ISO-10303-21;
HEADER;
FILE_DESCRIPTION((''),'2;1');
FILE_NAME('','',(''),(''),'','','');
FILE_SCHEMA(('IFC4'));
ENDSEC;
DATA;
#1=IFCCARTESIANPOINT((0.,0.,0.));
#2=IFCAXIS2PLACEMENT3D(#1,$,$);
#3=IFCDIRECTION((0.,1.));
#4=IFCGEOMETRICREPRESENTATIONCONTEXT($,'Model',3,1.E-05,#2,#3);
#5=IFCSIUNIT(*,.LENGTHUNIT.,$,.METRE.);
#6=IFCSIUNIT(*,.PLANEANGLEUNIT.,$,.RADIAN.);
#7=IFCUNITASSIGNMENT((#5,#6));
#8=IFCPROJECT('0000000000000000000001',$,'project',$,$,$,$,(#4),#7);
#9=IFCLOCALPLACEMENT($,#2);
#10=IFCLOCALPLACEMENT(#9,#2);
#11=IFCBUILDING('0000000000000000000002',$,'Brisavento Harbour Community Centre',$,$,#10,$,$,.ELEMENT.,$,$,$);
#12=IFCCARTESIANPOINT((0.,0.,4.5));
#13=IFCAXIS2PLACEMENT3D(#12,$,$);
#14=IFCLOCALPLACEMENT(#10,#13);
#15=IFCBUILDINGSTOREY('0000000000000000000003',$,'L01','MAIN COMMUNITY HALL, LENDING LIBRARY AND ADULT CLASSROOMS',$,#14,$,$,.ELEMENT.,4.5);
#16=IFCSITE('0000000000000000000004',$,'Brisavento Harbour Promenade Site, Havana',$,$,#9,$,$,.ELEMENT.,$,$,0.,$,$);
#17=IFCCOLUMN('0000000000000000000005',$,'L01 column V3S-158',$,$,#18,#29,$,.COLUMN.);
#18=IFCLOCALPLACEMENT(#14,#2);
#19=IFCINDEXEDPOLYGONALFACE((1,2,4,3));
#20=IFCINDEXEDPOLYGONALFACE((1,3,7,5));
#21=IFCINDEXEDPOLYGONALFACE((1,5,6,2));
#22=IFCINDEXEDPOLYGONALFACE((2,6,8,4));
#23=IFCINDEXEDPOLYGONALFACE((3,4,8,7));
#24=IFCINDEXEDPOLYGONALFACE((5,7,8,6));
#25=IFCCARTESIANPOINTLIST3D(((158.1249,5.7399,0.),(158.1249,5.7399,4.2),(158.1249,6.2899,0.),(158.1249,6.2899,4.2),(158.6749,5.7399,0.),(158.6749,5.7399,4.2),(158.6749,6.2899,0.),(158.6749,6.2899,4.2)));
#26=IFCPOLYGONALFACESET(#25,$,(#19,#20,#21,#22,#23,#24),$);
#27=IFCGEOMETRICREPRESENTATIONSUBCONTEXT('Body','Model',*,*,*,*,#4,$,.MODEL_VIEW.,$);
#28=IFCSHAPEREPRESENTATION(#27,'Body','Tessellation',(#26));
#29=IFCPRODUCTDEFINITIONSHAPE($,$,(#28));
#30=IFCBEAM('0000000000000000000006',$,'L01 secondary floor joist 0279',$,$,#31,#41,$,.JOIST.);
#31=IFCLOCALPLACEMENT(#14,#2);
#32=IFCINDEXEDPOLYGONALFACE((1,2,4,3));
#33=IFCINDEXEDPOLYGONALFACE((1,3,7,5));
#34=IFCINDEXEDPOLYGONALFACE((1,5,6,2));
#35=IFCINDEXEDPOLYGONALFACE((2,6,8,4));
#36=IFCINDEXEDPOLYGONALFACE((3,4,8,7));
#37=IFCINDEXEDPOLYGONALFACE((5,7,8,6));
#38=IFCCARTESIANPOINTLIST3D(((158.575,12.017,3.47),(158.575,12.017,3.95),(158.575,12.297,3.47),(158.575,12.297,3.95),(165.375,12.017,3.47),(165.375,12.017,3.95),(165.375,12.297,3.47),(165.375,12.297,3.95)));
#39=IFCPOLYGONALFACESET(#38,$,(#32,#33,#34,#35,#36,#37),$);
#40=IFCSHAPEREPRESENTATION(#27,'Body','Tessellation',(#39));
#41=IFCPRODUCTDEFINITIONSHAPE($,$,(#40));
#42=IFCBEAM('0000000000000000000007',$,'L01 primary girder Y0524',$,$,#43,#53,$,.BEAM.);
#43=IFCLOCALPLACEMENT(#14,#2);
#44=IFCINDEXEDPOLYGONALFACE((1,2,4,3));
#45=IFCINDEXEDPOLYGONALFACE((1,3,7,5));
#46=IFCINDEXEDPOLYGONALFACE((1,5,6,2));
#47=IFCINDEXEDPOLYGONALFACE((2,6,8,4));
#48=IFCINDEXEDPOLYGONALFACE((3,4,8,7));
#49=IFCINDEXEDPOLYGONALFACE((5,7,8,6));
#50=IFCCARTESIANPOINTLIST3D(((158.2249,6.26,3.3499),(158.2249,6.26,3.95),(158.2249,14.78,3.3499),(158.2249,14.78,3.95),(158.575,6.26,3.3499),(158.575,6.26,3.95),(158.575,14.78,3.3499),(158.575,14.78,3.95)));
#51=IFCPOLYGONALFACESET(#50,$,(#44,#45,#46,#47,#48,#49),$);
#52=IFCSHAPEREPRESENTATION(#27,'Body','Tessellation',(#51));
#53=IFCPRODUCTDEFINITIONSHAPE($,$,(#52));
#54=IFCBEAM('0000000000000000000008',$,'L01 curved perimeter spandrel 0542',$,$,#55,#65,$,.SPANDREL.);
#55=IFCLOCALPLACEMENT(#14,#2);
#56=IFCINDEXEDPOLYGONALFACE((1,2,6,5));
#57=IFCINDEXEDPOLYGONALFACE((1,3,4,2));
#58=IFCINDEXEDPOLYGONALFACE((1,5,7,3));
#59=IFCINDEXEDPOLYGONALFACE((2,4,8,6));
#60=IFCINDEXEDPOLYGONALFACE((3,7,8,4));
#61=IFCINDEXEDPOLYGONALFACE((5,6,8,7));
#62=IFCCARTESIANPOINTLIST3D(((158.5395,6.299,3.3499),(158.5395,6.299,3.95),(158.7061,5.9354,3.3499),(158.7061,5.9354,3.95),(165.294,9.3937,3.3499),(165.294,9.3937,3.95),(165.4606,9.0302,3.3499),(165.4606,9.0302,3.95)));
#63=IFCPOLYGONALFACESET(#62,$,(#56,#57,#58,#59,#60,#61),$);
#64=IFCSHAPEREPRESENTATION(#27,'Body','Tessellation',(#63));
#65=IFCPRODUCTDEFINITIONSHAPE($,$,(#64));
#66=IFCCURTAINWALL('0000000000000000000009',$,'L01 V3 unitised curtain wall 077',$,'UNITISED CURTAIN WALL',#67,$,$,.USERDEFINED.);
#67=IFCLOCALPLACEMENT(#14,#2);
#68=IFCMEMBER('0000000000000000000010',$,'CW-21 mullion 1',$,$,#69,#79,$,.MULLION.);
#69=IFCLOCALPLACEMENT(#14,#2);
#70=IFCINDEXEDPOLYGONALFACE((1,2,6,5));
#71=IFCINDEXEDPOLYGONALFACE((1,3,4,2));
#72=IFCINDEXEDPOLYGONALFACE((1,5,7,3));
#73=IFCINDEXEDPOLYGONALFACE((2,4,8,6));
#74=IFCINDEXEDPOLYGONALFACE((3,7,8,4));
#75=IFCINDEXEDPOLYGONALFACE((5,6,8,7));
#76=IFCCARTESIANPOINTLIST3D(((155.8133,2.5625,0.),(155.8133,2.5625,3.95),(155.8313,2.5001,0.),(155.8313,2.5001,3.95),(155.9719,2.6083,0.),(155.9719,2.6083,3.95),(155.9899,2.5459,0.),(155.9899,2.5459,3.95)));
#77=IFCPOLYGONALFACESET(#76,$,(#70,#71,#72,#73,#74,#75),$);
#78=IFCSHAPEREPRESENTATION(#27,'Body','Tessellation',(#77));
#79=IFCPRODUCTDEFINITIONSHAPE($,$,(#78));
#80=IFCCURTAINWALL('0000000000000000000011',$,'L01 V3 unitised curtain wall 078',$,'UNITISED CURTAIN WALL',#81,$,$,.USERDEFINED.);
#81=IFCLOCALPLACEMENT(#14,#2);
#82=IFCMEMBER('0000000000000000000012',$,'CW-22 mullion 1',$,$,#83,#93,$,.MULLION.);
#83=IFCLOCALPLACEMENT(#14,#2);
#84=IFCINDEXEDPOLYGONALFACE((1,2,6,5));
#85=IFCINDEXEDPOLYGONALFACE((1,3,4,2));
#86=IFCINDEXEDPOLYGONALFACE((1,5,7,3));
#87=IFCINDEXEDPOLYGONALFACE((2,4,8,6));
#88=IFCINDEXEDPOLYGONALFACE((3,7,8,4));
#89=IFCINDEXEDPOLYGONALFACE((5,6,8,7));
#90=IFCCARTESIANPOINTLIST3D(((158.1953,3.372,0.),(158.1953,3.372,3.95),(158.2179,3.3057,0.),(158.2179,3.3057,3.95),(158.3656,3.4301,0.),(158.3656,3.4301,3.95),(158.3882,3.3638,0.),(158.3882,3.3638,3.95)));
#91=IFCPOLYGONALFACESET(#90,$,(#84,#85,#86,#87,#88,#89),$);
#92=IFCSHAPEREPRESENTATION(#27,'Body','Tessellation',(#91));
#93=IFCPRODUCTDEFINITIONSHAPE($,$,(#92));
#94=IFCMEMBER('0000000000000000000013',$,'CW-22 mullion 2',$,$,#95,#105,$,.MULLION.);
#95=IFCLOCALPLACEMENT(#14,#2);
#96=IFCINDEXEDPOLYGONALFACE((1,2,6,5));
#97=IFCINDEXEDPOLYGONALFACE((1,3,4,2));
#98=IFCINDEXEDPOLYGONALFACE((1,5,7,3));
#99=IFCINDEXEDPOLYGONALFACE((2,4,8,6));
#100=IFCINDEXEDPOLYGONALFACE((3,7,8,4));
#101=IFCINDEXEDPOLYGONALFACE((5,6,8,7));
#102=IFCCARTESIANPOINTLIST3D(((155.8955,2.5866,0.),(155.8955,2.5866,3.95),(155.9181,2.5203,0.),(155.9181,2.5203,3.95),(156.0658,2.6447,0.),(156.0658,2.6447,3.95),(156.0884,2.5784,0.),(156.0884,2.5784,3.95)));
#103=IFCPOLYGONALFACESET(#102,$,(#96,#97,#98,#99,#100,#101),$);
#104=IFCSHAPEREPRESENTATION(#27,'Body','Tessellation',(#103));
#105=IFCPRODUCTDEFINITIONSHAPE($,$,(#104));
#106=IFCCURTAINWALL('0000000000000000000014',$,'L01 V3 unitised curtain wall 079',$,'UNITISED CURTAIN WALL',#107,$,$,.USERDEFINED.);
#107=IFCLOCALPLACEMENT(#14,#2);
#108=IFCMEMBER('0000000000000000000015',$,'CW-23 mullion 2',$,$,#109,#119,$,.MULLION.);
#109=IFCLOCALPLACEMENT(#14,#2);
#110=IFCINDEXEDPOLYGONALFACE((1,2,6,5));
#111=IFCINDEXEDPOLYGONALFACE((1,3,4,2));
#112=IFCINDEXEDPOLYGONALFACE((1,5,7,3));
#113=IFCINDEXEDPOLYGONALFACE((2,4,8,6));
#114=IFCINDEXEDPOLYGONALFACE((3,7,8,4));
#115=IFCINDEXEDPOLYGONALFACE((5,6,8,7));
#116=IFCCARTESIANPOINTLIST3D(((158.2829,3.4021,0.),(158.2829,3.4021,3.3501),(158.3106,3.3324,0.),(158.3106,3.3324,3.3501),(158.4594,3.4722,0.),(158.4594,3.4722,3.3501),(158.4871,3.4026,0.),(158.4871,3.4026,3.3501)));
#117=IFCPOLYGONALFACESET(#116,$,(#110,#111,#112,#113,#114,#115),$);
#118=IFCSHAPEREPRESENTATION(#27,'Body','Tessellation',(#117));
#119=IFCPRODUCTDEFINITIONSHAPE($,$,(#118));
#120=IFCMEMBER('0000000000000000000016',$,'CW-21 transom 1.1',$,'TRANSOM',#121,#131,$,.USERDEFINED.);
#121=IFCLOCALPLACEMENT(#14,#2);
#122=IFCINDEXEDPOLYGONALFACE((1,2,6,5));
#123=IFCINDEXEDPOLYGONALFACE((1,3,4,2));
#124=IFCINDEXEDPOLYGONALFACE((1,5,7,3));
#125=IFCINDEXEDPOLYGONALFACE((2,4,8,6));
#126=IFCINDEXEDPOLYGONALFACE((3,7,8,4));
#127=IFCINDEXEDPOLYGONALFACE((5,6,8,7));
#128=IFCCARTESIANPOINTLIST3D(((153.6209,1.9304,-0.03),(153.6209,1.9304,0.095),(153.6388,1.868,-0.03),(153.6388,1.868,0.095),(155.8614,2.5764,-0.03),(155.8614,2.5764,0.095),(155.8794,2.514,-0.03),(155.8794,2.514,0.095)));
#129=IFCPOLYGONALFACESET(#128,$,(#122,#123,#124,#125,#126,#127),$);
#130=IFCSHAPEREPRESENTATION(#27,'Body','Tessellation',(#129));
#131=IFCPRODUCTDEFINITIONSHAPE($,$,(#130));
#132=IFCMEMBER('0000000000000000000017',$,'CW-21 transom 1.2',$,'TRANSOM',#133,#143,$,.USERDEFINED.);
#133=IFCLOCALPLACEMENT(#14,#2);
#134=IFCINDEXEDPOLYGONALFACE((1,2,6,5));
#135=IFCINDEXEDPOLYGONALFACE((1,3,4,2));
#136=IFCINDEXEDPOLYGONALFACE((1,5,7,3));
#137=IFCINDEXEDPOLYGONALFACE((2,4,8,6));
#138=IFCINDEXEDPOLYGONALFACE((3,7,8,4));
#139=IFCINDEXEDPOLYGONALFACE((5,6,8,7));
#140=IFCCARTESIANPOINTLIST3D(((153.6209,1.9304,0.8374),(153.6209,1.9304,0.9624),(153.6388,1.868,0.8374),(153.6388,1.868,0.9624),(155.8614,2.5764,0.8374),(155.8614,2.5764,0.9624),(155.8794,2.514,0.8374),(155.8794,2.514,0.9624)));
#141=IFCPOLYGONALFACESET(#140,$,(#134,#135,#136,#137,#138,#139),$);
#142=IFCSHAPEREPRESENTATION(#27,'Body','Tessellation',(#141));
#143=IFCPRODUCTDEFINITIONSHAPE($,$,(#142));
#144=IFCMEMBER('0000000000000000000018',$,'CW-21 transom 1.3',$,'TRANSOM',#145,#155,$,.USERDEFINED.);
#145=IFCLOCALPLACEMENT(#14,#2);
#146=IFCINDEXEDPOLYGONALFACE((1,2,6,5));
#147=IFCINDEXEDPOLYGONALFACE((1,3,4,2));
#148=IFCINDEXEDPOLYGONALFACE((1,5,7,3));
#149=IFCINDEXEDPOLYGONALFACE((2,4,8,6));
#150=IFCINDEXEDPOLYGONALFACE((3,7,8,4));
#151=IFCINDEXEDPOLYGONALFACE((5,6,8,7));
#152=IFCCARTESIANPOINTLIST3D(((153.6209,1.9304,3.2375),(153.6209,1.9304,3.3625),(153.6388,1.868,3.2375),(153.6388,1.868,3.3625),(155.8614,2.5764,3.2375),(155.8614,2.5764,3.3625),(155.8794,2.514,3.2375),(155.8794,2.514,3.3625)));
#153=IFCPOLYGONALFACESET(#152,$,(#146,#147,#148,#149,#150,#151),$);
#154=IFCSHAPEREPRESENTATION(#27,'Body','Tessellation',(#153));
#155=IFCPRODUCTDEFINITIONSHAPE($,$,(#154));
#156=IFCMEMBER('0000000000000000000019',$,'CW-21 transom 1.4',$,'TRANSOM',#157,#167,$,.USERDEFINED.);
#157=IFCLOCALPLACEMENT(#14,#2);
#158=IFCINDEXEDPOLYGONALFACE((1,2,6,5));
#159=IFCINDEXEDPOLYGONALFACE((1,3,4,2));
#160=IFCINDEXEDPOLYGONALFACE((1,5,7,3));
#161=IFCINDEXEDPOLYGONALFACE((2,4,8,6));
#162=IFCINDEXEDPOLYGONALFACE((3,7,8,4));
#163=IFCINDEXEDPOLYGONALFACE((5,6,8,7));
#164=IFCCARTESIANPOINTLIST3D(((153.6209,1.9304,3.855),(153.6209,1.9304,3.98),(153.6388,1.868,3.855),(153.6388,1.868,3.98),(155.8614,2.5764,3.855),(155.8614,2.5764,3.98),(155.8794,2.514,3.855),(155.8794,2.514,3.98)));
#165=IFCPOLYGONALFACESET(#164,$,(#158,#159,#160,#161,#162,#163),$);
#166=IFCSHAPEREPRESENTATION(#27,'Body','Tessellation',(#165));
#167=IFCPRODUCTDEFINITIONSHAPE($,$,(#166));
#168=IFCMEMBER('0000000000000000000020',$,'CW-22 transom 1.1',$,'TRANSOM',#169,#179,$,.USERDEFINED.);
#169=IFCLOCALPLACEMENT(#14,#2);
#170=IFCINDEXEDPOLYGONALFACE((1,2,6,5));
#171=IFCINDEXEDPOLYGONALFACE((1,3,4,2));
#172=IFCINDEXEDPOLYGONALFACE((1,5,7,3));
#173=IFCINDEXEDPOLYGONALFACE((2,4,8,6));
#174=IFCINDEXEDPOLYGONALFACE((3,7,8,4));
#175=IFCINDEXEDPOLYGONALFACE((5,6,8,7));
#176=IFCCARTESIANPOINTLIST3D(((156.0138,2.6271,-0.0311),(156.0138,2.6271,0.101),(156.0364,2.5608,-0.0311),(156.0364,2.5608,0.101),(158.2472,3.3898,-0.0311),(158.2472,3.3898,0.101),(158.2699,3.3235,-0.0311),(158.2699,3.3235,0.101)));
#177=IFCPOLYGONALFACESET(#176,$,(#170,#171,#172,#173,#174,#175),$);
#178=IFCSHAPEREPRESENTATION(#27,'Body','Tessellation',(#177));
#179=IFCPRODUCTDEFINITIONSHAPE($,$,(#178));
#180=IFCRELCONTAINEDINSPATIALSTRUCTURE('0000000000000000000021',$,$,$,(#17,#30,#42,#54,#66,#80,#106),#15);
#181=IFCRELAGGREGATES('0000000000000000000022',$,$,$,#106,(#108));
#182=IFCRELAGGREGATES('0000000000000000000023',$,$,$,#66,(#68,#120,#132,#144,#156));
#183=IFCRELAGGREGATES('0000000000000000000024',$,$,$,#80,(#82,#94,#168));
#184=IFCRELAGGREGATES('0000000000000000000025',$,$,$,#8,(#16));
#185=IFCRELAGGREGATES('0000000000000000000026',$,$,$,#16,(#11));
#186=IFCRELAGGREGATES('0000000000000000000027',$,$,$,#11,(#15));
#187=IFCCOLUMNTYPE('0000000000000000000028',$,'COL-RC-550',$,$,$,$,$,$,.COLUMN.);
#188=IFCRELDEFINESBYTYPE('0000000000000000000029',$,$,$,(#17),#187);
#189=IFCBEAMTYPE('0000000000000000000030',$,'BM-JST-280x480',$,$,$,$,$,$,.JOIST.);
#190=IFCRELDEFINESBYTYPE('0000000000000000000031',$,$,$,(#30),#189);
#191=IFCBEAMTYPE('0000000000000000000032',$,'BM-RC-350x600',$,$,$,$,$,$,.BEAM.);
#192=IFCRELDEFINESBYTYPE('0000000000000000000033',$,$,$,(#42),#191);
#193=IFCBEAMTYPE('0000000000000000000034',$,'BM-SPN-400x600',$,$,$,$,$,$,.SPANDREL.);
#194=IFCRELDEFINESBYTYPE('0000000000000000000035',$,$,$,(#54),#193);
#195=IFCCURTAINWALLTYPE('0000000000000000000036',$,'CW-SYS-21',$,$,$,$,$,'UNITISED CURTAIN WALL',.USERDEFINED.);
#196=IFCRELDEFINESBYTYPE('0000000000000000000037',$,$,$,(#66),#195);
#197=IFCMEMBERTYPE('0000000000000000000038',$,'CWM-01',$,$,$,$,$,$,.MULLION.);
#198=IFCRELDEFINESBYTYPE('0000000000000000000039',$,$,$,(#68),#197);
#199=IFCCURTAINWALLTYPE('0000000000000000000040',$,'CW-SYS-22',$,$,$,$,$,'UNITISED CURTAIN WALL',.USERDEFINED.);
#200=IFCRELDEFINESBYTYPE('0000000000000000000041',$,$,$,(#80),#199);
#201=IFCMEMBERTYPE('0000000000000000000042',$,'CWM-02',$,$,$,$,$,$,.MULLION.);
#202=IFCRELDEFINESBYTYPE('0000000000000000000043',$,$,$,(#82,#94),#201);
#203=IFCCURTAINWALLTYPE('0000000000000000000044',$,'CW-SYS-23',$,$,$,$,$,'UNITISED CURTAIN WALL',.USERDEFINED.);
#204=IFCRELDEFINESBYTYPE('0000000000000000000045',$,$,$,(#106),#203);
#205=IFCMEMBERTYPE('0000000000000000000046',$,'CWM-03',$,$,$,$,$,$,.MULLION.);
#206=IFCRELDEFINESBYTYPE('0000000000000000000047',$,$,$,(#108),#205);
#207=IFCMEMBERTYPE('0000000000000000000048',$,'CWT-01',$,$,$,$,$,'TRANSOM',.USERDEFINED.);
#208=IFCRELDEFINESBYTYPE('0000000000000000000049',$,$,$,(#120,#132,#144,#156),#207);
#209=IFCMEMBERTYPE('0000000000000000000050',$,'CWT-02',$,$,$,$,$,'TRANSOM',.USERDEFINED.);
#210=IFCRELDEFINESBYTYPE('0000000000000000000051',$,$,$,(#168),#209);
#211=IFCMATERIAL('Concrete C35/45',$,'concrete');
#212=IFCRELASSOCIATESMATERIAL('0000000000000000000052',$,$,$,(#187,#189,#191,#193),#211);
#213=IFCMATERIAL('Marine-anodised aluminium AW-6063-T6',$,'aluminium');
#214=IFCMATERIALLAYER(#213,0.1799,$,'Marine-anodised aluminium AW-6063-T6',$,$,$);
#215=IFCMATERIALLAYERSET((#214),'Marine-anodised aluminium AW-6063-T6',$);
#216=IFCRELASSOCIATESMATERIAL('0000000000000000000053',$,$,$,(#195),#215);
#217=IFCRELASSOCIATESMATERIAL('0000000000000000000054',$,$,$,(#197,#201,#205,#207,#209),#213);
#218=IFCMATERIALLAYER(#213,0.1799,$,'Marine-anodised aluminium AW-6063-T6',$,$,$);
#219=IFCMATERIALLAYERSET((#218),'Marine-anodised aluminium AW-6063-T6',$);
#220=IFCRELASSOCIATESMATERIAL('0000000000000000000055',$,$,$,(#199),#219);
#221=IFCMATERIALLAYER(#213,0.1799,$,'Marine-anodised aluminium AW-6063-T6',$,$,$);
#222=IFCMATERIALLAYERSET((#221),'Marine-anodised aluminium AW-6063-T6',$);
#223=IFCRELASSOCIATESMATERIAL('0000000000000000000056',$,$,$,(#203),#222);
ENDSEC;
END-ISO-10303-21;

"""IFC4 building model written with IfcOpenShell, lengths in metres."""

from ifc_helpers import new_model, si_unit, direction, frame, origin, origin_2d, place, context, subcontext, project, spatial, rectangle, extrude, material, layer, layer_set, material_profile, profile_set, type_object, element, aggregate, save


model = new_model("IFC4")

# Units and contexts
model_context = context("Model", 3, precision=1e-05, world=origin(), true_north=direction((0.0, 1.0)))
body_context = subcontext(model_context, "Body", "Model", "MODEL_VIEW")
ifc_project = project(units=[si_unit("LENGTHUNIT", "METRE"), si_unit("PLANEANGLEUNIT", "RADIAN")], contexts=[model_context])

# Site, building, storey
site_placement = place(None, origin())
site = spatial("IfcSite", under=ifc_project, at=site_placement, Name="Brisavento Harbour Promenade Site, Havana", CompositionType="ELEMENT", RefElevation=0.0)
building_placement = place(site_placement, origin())
building = spatial("IfcBuilding", under=site, at=building_placement, Name="Brisavento Harbour Community Centre", CompositionType="ELEMENT")
storey_placement = place(building_placement, frame((0.0, 0.0, 4.5)))
storey = spatial("IfcBuildingStorey", under=building, at=storey_placement, Name="L01", Description="MAIN COMMUNITY HALL, LENDING LIBRARY AND ADULT CLASSROOMS", CompositionType="ELEMENT", Elevation=4.5)

# Column
ifc_material_1 = material(Name="Concrete C35/45", Category="concrete")
ifc_material_profile_1 = material_profile(ifc_material_1, rectangle(XDim=0.55, YDim=0.55, at=origin_2d()), Name="Concrete C35/45")
ifc_profile_set_1 = profile_set([ifc_material_profile_1], Name="Concrete C35/45")
column_type = type_object("IfcColumnType", Name="COL-RC-550", PredefinedType="COLUMN", material=ifc_profile_set_1)
column_placement = place(storey_placement, frame((158.3999, 6.0149, 0.0), z_axis=(0.0, 0.0, 1.0), x_axis=(1.0, 0.0, 0.0)))
element("IfcColumn", 1, at=column_placement, inside=storey, type_object=column_type, Name="L01 column V3S-158", PredefinedType="COLUMN", context=body_context, shape_type="SweptSolid", body=[
    extrude(rectangle(XDim=0.55, YDim=0.55, at=origin_2d()), origin(), (0.0, 0.0, 1.0), 4.2),
])

# Beams
ifc_material_profile_2 = material_profile(ifc_material_1, rectangle(XDim=0.28, YDim=0.48, at=origin_2d()), Name="Concrete C35/45")
ifc_profile_set_2 = profile_set([ifc_material_profile_2], Name="Concrete C35/45")
beam_type_1 = type_object("IfcBeamType", Name="BM-JST-280x480", PredefinedType="JOIST", material=ifc_profile_set_2)
beam_1_placement = place(storey_placement, frame((158.575, 12.157, 3.71), z_axis=(1.0, 0.0, 0.0), x_axis=(0.0, 1.0, 0.0)))
element("IfcBeam", 2, at=beam_1_placement, inside=storey, type_object=beam_type_1, Name="L01 secondary floor joist 0279", PredefinedType="JOIST", context=body_context, shape_type="SweptSolid", body=[
    extrude(rectangle(XDim=0.28, YDim=0.48, at=origin_2d()), origin(), (0.0, 0.0, 1.0), 6.8),
])
ifc_material_profile_3 = material_profile(ifc_material_1, rectangle(XDim=0.3501, YDim=0.6001, at=origin_2d()), Name="Concrete C35/45")
ifc_profile_set_3 = profile_set([ifc_material_profile_3], Name="Concrete C35/45")
beam_type_2 = type_object("IfcBeamType", Name="BM-RC-350x600", PredefinedType="BEAM", material=ifc_profile_set_3)
beam_2_placement = place(storey_placement, frame((158.3999, 6.26, 3.6499), z_axis=(0.0, 1.0, 0.0), x_axis=(-1.0, 0.0, 0.0)))
element("IfcBeam", 3, at=beam_2_placement, inside=storey, type_object=beam_type_2, Name="L01 primary girder Y0524", PredefinedType="BEAM", context=body_context, shape_type="SweptSolid", body=[
    extrude(rectangle(XDim=0.3501, YDim=0.6001, at=origin_2d()), origin(), (0.0, 0.0, 1.0), 8.52),
])
ifc_material_profile_4 = material_profile(ifc_material_1, rectangle(XDim=0.3999, YDim=0.6001, at=origin_2d()), Name="Concrete C35/45")
ifc_profile_set_4 = profile_set([ifc_material_profile_4], Name="Concrete C35/45")
beam_type_3 = type_object("IfcBeamType", Name="BM-SPN-400x600", PredefinedType="SPANDREL", material=ifc_profile_set_4)
beam_3_placement = place(storey_placement, frame((158.6228, 6.1172, 3.6499), z_axis=(0.909118, 0.416539, 0.0), x_axis=(-0.416539, 0.909118, 0.0)))
element("IfcBeam", 4, at=beam_3_placement, inside=storey, type_object=beam_type_3, Name="L01 curved perimeter spandrel 0542", PredefinedType="SPANDREL", context=body_context, shape_type="SweptSolid", body=[
    extrude(rectangle(XDim=0.3999, YDim=0.6001, at=origin_2d()), origin(), (0.0, 0.0, 1.0), 7.4297),
])

# Curtain wall, member
ifc_material_2 = material(Name="Marine-anodised aluminium AW-6063-T6", Category="aluminium")
ifc_layer_1 = layer(ifc_material_2, 0.1799, Name="Marine-anodised aluminium AW-6063-T6")
ifc_layer_set_1 = layer_set([ifc_layer_1], Name="Marine-anodised aluminium AW-6063-T6")
curtain_wall_type_1 = type_object("IfcCurtainWallType", Name="CW-SYS-21", ElementType="UNITISED CURTAIN WALL", PredefinedType="USERDEFINED", material=ifc_layer_set_1)
curtain_wall_1_placement = place(storey_placement, origin())
curtain_wall_1 = element("IfcCurtainWall", 5, at=curtain_wall_1_placement, inside=storey, type_object=curtain_wall_type_1, Name="L01 V3 unitised curtain wall 077", ObjectType="UNITISED CURTAIN WALL", PredefinedType="USERDEFINED")
ifc_material_profile_5 = material_profile(ifc_material_2, rectangle(XDim=0.0649, YDim=0.165, at=origin_2d()), Name="Marine-anodised aluminium AW-6063-T6")
ifc_profile_set_5 = profile_set([ifc_material_profile_5], Name="Marine-anodised aluminium AW-6063-T6")
member_type_1 = type_object("IfcMemberType", Name="CWM-01", PredefinedType="MULLION", material=ifc_profile_set_5)
member_1_placement = place(storey_placement, frame((155.9016, 2.5542, 0.0), z_axis=(0.0, 0.0, 1.0), x_axis=(0.277001, -0.96087, 0.0)))
member_1 = element("IfcMember", 6, at=member_1_placement, type_object=member_type_1, Name="CW-21 mullion 1", PredefinedType="MULLION", context=body_context, shape_type="SweptSolid", body=[
    extrude(rectangle(XDim=0.0649, YDim=0.165, at=origin_2d()), origin(), (0.0, 0.0, 1.0), 3.95),
])

# Curtain wall, members
ifc_layer_2 = layer(ifc_material_2, 0.1799, Name="Marine-anodised aluminium AW-6063-T6")
ifc_layer_set_2 = layer_set([ifc_layer_2], Name="Marine-anodised aluminium AW-6063-T6")
curtain_wall_type_2 = type_object("IfcCurtainWallType", Name="CW-SYS-22", ElementType="UNITISED CURTAIN WALL", PredefinedType="USERDEFINED", material=ifc_layer_set_2)
curtain_wall_2_placement = place(storey_placement, origin())
curtain_wall_2 = element("IfcCurtainWall", 7, at=curtain_wall_2_placement, inside=storey, type_object=curtain_wall_type_2, Name="L01 V3 unitised curtain wall 078", ObjectType="UNITISED CURTAIN WALL", PredefinedType="USERDEFINED")
ifc_material_profile_6 = material_profile(ifc_material_2, rectangle(XDim=0.0701, YDim=0.1799, at=origin_2d()), Name="Marine-anodised aluminium AW-6063-T6")
ifc_profile_set_6 = profile_set([ifc_material_profile_6], Name="Marine-anodised aluminium AW-6063-T6")
member_type_2 = type_object("IfcMemberType", Name="CWM-02", PredefinedType="MULLION", material=ifc_profile_set_6)
member_2_placement = place(storey_placement, frame((158.2917, 3.3679, 0.0), z_axis=(0.0, 0.0, 1.0), x_axis=(0.323179, -0.946338, 0.0)))
member_2 = element("IfcMember", 8, at=member_2_placement, type_object=member_type_2, Name="CW-22 mullion 1", PredefinedType="MULLION", context=body_context, shape_type="SweptSolid", body=[
    extrude(rectangle(XDim=0.0701, YDim=0.1799, at=origin_2d()), origin(), (0.0, 0.0, 1.0), 3.95),
])
member_3_placement = place(storey_placement, frame((155.9919, 2.5825, 0.0), z_axis=(0.0, 0.0, 1.0), x_axis=(0.323179, -0.946338, 0.0)))
member_3 = element("IfcMember", 9, at=member_3_placement, type_object=member_type_2, Name="CW-22 mullion 2", PredefinedType="MULLION", context=body_context, shape_type="SweptSolid", body=[
    extrude(rectangle(XDim=0.0701, YDim=0.1799, at=origin_2d()), origin(), (0.0, 0.0, 1.0), 3.95),
])

# Curtain wall, member
ifc_layer_3 = layer(ifc_material_2, 0.1799, Name="Marine-anodised aluminium AW-6063-T6")
ifc_layer_set_3 = layer_set([ifc_layer_3], Name="Marine-anodised aluminium AW-6063-T6")
curtain_wall_type_3 = type_object("IfcCurtainWallType", Name="CW-SYS-23", ElementType="UNITISED CURTAIN WALL", PredefinedType="USERDEFINED", material=ifc_layer_set_3)
curtain_wall_3_placement = place(storey_placement, origin())
curtain_wall_3 = element("IfcCurtainWall", 10, at=curtain_wall_3_placement, inside=storey, type_object=curtain_wall_type_3, Name="L01 V3 unitised curtain wall 079", ObjectType="UNITISED CURTAIN WALL", PredefinedType="USERDEFINED")
ifc_material_profile_7 = material_profile(ifc_material_2, rectangle(XDim=0.075, YDim=0.1899, at=origin_2d()), Name="Marine-anodised aluminium AW-6063-T6")
ifc_profile_set_7 = profile_set([ifc_material_profile_7], Name="Marine-anodised aluminium AW-6063-T6")
member_type_3 = type_object("IfcMemberType", Name="CWM-03", PredefinedType="MULLION", material=ifc_profile_set_7)
member_4_placement = place(storey_placement, frame((158.385, 3.4023, 0.0), z_axis=(0.0, 0.0, 1.0), x_axis=(0.369379, -0.929279, 0.0)))
member_4 = element("IfcMember", 11, at=member_4_placement, type_object=member_type_3, Name="CW-23 mullion 2", PredefinedType="MULLION", context=body_context, shape_type="SweptSolid", body=[
    extrude(rectangle(XDim=0.075, YDim=0.1899, at=origin_2d()), origin(), (0.0, 0.0, 1.0), 3.3501),
])
aggregate(curtain_wall_3, [member_4])

# Members
ifc_material_profile_8 = material_profile(ifc_material_2, rectangle(XDim=0.0649, YDim=0.125, at=origin_2d()), Name="Marine-anodised aluminium AW-6063-T6")
ifc_profile_set_8 = profile_set([ifc_material_profile_8], Name="Marine-anodised aluminium AW-6063-T6")
member_type_4 = type_object("IfcMemberType", Name="CWT-01", ElementType="TRANSOM", PredefinedType="USERDEFINED", material=ifc_profile_set_8)
member_5_placement = place(storey_placement, frame((155.8704, 2.5452, 0.0325), z_axis=(-0.960857, -0.277044, 0.0), x_axis=(0.277044, -0.960857, 0.0)))
member_5 = element("IfcMember", 12, at=member_5_placement, type_object=member_type_4, Name="CW-21 transom 1.1", ObjectType="TRANSOM", PredefinedType="USERDEFINED", context=body_context, shape_type="SweptSolid", body=[
    extrude(rectangle(XDim=0.0649, YDim=0.125, at=origin_2d()), origin(), (0.0, 0.0, 1.0), 2.3318),
])
member_6_placement = place(storey_placement, frame((155.8704, 2.5452, 0.8999), z_axis=(-0.960857, -0.277044, 0.0), x_axis=(0.277044, -0.960857, 0.0)))
member_6 = element("IfcMember", 13, at=member_6_placement, type_object=member_type_4, Name="CW-21 transom 1.2", ObjectType="TRANSOM", PredefinedType="USERDEFINED", context=body_context, shape_type="SweptSolid", body=[
    extrude(rectangle(XDim=0.0649, YDim=0.125, at=origin_2d()), origin(), (0.0, 0.0, 1.0), 2.3318),
])
member_7_placement = place(storey_placement, frame((155.8704, 2.5452, 3.3), z_axis=(-0.960857, -0.277044, 0.0), x_axis=(0.277044, -0.960857, 0.0)))
member_7 = element("IfcMember", 14, at=member_7_placement, type_object=member_type_4, Name="CW-21 transom 1.3", ObjectType="TRANSOM", PredefinedType="USERDEFINED", context=body_context, shape_type="SweptSolid", body=[
    extrude(rectangle(XDim=0.0649, YDim=0.125, at=origin_2d()), origin(), (0.0, 0.0, 1.0), 2.3318),
])
member_8_placement = place(storey_placement, frame((155.8704, 2.5452, 3.9175), z_axis=(-0.960857, -0.277044, 0.0), x_axis=(0.277044, -0.960857, 0.0)))
member_8 = element("IfcMember", 15, at=member_8_placement, type_object=member_type_4, Name="CW-21 transom 1.4", ObjectType="TRANSOM", PredefinedType="USERDEFINED", context=body_context, shape_type="SweptSolid", body=[
    extrude(rectangle(XDim=0.0649, YDim=0.125, at=origin_2d()), origin(), (0.0, 0.0, 1.0), 2.3318),
])
ifc_material_profile_9 = material_profile(ifc_material_2, rectangle(XDim=0.0701, YDim=0.1321, at=origin_2d()), Name="Marine-anodised aluminium AW-6063-T6")
ifc_profile_set_9 = profile_set([ifc_material_profile_9], Name="Marine-anodised aluminium AW-6063-T6")
member_type_5 = type_object("IfcMemberType", Name="CWT-02", ElementType="TRANSOM", PredefinedType="USERDEFINED", material=ifc_profile_set_9)
member_9_placement = place(storey_placement, frame((158.2585, 3.3567, 0.0349), z_axis=(-0.946341, -0.323171, 0.0), x_axis=(0.323171, -0.946341, 0.0)))
member_9 = element("IfcMember", 16, at=member_9_placement, type_object=member_type_5, Name="CW-22 transom 1.1", ObjectType="TRANSOM", PredefinedType="USERDEFINED", context=body_context, shape_type="SweptSolid", body=[
    extrude(rectangle(XDim=0.0701, YDim=0.1321, at=origin_2d()), origin(), (0.0, 0.0, 1.0), 2.3601),
])

aggregate(curtain_wall_1, [member_1, member_5, member_6, member_7, member_8])
aggregate(curtain_wall_2, [member_2, member_3, member_9])

save(model, "model.ifc")
